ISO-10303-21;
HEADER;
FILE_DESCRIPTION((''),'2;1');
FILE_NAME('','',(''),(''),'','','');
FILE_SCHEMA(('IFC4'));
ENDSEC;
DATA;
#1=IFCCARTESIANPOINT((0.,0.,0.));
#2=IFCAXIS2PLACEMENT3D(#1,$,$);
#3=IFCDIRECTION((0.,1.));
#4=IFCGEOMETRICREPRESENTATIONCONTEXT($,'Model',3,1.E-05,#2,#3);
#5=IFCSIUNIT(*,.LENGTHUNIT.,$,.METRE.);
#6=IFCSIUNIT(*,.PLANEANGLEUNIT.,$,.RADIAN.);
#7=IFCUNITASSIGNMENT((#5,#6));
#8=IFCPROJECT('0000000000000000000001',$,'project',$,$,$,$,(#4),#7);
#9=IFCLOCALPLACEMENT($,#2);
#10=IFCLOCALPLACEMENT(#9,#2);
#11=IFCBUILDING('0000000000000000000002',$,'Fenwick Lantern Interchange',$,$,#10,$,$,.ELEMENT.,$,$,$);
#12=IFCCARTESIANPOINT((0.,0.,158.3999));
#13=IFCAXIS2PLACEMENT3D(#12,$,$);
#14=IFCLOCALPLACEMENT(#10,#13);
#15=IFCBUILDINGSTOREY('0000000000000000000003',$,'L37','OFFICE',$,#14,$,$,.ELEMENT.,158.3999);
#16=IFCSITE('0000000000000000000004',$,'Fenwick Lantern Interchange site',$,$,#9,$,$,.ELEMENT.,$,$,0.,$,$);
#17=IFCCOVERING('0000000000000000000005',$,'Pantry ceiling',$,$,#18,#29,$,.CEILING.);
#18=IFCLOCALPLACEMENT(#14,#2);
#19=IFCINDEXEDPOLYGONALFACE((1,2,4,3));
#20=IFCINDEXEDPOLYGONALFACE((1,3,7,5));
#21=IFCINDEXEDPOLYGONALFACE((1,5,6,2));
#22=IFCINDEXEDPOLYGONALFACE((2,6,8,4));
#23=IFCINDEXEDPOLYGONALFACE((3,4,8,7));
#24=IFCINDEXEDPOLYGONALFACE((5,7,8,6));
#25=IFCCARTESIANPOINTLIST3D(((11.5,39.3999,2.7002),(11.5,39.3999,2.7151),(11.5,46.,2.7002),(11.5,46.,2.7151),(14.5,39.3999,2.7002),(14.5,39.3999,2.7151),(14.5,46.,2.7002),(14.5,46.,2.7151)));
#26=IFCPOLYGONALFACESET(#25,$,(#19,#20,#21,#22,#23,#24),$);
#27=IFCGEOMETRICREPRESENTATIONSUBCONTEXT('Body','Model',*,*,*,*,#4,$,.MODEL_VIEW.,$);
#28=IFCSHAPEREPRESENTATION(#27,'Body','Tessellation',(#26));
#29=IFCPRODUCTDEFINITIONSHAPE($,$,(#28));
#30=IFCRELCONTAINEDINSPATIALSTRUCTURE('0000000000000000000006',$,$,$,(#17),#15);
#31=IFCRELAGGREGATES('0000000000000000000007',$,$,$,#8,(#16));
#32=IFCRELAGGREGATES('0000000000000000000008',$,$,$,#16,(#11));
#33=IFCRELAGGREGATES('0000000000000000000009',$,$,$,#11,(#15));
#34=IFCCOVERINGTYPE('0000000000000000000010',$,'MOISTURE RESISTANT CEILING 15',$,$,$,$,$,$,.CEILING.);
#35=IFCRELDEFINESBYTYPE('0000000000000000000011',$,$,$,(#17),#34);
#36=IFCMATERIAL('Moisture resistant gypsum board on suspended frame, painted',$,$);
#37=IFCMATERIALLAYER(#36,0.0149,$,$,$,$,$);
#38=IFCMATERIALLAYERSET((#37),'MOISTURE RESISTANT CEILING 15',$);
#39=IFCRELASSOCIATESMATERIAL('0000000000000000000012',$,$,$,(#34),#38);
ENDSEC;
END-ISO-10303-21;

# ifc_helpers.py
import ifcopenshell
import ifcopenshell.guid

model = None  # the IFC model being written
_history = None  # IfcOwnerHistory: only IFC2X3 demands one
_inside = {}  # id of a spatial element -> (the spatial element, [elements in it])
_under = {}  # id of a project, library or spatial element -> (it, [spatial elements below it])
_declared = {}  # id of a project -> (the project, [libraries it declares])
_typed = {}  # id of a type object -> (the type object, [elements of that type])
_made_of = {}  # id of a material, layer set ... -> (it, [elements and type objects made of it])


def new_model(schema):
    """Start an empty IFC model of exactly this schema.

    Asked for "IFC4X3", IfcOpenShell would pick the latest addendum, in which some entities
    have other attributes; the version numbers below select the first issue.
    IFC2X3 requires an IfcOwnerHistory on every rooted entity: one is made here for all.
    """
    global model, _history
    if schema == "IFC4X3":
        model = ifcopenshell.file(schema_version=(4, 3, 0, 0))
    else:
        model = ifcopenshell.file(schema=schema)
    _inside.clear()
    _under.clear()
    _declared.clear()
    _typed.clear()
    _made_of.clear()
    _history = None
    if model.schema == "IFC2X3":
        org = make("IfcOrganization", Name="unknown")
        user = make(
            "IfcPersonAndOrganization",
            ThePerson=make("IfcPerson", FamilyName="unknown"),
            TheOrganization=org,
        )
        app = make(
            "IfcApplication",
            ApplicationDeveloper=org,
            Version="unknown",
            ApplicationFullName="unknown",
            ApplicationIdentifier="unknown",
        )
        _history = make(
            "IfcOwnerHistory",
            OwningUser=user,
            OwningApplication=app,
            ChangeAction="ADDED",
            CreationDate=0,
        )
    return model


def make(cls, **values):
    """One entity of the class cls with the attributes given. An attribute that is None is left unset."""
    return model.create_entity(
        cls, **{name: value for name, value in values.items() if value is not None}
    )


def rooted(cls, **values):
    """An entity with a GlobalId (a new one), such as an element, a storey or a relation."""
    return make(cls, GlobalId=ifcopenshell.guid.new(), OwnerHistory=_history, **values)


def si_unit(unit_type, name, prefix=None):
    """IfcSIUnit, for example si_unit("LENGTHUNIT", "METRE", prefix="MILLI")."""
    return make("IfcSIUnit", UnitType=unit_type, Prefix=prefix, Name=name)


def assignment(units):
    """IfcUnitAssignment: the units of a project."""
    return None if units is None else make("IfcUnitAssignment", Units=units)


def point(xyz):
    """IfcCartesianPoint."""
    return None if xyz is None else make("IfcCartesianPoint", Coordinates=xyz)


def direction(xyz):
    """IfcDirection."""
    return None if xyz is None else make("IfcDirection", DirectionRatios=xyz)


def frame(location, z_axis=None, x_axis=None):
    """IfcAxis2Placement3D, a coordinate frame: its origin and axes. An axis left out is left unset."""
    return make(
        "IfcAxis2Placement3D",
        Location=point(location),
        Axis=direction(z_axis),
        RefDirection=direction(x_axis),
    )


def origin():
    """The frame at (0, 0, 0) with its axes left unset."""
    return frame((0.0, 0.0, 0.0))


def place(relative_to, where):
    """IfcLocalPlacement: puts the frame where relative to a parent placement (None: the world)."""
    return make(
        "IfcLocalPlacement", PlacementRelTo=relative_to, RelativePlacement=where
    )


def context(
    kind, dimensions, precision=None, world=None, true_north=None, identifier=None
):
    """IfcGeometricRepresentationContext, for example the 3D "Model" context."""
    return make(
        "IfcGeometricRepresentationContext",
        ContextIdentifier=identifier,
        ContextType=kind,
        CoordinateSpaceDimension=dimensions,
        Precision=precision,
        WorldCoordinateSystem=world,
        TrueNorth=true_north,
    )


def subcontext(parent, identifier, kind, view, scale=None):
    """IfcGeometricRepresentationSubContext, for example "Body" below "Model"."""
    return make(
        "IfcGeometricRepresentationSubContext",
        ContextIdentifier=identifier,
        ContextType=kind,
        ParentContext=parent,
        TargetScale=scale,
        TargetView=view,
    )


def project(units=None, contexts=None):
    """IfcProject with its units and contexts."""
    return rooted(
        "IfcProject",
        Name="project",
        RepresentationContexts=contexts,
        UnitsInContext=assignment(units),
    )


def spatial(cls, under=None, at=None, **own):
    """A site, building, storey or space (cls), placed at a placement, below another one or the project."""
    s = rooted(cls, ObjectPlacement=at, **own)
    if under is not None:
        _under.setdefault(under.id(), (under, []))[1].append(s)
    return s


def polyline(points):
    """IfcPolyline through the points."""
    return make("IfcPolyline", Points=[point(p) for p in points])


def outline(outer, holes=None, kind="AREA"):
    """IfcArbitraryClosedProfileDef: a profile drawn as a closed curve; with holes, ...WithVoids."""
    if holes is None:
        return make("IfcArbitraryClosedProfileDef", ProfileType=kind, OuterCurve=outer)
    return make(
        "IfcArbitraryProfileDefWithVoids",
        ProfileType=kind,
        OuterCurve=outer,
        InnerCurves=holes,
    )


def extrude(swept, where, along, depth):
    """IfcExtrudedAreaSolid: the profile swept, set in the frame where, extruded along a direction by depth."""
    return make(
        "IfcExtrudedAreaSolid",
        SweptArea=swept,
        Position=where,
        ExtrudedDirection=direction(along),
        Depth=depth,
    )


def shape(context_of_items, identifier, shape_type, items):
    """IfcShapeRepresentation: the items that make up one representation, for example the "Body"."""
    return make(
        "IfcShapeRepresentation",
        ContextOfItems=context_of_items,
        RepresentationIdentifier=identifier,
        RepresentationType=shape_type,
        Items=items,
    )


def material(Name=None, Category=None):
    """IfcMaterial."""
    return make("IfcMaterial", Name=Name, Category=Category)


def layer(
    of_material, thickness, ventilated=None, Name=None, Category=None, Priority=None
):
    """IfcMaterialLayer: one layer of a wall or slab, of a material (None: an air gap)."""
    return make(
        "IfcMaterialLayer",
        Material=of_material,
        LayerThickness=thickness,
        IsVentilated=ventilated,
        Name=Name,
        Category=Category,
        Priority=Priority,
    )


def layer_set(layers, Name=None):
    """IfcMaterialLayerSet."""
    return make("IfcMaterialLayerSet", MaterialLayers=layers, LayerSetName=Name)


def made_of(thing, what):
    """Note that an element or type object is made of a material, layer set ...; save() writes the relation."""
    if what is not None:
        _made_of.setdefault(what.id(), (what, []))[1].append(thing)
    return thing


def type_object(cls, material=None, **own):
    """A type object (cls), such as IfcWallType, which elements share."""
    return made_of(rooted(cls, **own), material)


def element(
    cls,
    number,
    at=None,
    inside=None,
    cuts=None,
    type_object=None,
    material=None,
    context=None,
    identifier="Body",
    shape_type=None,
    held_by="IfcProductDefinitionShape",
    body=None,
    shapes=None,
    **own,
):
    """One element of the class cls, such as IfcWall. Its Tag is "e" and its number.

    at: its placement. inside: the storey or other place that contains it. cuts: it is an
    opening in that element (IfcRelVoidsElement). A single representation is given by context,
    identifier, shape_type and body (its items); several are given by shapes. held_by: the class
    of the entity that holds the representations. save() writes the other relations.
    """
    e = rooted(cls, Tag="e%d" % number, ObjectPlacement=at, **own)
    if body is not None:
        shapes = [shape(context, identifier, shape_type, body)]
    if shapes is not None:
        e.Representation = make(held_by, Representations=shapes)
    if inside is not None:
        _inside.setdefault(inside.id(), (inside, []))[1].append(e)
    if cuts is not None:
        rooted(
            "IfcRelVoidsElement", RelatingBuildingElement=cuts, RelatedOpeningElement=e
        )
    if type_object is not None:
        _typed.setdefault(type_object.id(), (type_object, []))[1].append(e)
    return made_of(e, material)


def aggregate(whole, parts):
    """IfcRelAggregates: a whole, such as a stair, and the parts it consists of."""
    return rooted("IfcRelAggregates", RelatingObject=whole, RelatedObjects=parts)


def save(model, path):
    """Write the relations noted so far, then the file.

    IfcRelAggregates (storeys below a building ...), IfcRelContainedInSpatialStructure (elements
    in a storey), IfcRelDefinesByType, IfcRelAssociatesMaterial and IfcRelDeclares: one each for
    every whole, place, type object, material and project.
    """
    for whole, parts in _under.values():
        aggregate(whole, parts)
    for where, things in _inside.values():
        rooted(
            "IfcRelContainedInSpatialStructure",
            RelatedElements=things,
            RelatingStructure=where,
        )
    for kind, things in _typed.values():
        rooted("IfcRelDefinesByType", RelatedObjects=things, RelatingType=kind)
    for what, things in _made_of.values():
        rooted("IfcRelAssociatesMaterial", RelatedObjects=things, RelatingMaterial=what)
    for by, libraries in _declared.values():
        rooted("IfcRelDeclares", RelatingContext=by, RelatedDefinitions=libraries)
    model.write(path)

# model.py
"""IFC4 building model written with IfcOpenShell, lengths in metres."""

from ifc_helpers import new_model, si_unit, direction, frame, origin, place, context, subcontext, project, spatial, polyline, outline, extrude, material, layer, layer_set, type_object, element, save


model = new_model("IFC4")

# Units and contexts
model_context = context("Model", 3, precision=1e-05, world=origin(), true_north=direction((0.0, 1.0)))
body_context = subcontext(model_context, "Body", "Model", "MODEL_VIEW")
ifc_project = project(units=[si_unit("LENGTHUNIT", "METRE"), si_unit("PLANEANGLEUNIT", "RADIAN")], contexts=[model_context])

# Site, building, storey
site_placement = place(None, origin())
site = spatial("IfcSite", under=ifc_project, at=site_placement, Name="Fenwick Lantern Interchange site", CompositionType="ELEMENT", RefElevation=0.0)
building_placement = place(site_placement, origin())
building = spatial("IfcBuilding", under=site, at=building_placement, Name="Fenwick Lantern Interchange", CompositionType="ELEMENT")
storey_placement = place(building_placement, frame((0.0, 0.0, 158.3999)))
storey = spatial("IfcBuildingStorey", under=building, at=storey_placement, Name="L37", Description="OFFICE", CompositionType="ELEMENT", Elevation=158.3999)

# Covering
ifc_material_1 = material(Name="Moisture resistant gypsum board on suspended frame, painted")
ifc_layer_1 = layer(ifc_material_1, 0.0149)
ifc_layer_set_1 = layer_set([ifc_layer_1], Name="MOISTURE RESISTANT CEILING 15")
covering_type_1 = type_object("IfcCoveringType", Name="MOISTURE RESISTANT CEILING 15", PredefinedType="CEILING", material=ifc_layer_set_1)
covering_1_placement = place(storey_placement, frame((0.0, 0.0, 2.7002)))
element("IfcCovering", 1, at=covering_1_placement, inside=storey, type_object=covering_type_1, Name="Pantry ceiling", PredefinedType="CEILING", context=body_context, shape_type="SweptSolid", body=[
    extrude(outline(polyline([(14.5, 46.0), (11.5, 46.0), (11.5, 39.3999), (14.5, 39.3999), (14.5, 46.0)])), origin(), (0.0, 0.0, 1.0), 0.0149),
])

save(model, "model.ifc")
